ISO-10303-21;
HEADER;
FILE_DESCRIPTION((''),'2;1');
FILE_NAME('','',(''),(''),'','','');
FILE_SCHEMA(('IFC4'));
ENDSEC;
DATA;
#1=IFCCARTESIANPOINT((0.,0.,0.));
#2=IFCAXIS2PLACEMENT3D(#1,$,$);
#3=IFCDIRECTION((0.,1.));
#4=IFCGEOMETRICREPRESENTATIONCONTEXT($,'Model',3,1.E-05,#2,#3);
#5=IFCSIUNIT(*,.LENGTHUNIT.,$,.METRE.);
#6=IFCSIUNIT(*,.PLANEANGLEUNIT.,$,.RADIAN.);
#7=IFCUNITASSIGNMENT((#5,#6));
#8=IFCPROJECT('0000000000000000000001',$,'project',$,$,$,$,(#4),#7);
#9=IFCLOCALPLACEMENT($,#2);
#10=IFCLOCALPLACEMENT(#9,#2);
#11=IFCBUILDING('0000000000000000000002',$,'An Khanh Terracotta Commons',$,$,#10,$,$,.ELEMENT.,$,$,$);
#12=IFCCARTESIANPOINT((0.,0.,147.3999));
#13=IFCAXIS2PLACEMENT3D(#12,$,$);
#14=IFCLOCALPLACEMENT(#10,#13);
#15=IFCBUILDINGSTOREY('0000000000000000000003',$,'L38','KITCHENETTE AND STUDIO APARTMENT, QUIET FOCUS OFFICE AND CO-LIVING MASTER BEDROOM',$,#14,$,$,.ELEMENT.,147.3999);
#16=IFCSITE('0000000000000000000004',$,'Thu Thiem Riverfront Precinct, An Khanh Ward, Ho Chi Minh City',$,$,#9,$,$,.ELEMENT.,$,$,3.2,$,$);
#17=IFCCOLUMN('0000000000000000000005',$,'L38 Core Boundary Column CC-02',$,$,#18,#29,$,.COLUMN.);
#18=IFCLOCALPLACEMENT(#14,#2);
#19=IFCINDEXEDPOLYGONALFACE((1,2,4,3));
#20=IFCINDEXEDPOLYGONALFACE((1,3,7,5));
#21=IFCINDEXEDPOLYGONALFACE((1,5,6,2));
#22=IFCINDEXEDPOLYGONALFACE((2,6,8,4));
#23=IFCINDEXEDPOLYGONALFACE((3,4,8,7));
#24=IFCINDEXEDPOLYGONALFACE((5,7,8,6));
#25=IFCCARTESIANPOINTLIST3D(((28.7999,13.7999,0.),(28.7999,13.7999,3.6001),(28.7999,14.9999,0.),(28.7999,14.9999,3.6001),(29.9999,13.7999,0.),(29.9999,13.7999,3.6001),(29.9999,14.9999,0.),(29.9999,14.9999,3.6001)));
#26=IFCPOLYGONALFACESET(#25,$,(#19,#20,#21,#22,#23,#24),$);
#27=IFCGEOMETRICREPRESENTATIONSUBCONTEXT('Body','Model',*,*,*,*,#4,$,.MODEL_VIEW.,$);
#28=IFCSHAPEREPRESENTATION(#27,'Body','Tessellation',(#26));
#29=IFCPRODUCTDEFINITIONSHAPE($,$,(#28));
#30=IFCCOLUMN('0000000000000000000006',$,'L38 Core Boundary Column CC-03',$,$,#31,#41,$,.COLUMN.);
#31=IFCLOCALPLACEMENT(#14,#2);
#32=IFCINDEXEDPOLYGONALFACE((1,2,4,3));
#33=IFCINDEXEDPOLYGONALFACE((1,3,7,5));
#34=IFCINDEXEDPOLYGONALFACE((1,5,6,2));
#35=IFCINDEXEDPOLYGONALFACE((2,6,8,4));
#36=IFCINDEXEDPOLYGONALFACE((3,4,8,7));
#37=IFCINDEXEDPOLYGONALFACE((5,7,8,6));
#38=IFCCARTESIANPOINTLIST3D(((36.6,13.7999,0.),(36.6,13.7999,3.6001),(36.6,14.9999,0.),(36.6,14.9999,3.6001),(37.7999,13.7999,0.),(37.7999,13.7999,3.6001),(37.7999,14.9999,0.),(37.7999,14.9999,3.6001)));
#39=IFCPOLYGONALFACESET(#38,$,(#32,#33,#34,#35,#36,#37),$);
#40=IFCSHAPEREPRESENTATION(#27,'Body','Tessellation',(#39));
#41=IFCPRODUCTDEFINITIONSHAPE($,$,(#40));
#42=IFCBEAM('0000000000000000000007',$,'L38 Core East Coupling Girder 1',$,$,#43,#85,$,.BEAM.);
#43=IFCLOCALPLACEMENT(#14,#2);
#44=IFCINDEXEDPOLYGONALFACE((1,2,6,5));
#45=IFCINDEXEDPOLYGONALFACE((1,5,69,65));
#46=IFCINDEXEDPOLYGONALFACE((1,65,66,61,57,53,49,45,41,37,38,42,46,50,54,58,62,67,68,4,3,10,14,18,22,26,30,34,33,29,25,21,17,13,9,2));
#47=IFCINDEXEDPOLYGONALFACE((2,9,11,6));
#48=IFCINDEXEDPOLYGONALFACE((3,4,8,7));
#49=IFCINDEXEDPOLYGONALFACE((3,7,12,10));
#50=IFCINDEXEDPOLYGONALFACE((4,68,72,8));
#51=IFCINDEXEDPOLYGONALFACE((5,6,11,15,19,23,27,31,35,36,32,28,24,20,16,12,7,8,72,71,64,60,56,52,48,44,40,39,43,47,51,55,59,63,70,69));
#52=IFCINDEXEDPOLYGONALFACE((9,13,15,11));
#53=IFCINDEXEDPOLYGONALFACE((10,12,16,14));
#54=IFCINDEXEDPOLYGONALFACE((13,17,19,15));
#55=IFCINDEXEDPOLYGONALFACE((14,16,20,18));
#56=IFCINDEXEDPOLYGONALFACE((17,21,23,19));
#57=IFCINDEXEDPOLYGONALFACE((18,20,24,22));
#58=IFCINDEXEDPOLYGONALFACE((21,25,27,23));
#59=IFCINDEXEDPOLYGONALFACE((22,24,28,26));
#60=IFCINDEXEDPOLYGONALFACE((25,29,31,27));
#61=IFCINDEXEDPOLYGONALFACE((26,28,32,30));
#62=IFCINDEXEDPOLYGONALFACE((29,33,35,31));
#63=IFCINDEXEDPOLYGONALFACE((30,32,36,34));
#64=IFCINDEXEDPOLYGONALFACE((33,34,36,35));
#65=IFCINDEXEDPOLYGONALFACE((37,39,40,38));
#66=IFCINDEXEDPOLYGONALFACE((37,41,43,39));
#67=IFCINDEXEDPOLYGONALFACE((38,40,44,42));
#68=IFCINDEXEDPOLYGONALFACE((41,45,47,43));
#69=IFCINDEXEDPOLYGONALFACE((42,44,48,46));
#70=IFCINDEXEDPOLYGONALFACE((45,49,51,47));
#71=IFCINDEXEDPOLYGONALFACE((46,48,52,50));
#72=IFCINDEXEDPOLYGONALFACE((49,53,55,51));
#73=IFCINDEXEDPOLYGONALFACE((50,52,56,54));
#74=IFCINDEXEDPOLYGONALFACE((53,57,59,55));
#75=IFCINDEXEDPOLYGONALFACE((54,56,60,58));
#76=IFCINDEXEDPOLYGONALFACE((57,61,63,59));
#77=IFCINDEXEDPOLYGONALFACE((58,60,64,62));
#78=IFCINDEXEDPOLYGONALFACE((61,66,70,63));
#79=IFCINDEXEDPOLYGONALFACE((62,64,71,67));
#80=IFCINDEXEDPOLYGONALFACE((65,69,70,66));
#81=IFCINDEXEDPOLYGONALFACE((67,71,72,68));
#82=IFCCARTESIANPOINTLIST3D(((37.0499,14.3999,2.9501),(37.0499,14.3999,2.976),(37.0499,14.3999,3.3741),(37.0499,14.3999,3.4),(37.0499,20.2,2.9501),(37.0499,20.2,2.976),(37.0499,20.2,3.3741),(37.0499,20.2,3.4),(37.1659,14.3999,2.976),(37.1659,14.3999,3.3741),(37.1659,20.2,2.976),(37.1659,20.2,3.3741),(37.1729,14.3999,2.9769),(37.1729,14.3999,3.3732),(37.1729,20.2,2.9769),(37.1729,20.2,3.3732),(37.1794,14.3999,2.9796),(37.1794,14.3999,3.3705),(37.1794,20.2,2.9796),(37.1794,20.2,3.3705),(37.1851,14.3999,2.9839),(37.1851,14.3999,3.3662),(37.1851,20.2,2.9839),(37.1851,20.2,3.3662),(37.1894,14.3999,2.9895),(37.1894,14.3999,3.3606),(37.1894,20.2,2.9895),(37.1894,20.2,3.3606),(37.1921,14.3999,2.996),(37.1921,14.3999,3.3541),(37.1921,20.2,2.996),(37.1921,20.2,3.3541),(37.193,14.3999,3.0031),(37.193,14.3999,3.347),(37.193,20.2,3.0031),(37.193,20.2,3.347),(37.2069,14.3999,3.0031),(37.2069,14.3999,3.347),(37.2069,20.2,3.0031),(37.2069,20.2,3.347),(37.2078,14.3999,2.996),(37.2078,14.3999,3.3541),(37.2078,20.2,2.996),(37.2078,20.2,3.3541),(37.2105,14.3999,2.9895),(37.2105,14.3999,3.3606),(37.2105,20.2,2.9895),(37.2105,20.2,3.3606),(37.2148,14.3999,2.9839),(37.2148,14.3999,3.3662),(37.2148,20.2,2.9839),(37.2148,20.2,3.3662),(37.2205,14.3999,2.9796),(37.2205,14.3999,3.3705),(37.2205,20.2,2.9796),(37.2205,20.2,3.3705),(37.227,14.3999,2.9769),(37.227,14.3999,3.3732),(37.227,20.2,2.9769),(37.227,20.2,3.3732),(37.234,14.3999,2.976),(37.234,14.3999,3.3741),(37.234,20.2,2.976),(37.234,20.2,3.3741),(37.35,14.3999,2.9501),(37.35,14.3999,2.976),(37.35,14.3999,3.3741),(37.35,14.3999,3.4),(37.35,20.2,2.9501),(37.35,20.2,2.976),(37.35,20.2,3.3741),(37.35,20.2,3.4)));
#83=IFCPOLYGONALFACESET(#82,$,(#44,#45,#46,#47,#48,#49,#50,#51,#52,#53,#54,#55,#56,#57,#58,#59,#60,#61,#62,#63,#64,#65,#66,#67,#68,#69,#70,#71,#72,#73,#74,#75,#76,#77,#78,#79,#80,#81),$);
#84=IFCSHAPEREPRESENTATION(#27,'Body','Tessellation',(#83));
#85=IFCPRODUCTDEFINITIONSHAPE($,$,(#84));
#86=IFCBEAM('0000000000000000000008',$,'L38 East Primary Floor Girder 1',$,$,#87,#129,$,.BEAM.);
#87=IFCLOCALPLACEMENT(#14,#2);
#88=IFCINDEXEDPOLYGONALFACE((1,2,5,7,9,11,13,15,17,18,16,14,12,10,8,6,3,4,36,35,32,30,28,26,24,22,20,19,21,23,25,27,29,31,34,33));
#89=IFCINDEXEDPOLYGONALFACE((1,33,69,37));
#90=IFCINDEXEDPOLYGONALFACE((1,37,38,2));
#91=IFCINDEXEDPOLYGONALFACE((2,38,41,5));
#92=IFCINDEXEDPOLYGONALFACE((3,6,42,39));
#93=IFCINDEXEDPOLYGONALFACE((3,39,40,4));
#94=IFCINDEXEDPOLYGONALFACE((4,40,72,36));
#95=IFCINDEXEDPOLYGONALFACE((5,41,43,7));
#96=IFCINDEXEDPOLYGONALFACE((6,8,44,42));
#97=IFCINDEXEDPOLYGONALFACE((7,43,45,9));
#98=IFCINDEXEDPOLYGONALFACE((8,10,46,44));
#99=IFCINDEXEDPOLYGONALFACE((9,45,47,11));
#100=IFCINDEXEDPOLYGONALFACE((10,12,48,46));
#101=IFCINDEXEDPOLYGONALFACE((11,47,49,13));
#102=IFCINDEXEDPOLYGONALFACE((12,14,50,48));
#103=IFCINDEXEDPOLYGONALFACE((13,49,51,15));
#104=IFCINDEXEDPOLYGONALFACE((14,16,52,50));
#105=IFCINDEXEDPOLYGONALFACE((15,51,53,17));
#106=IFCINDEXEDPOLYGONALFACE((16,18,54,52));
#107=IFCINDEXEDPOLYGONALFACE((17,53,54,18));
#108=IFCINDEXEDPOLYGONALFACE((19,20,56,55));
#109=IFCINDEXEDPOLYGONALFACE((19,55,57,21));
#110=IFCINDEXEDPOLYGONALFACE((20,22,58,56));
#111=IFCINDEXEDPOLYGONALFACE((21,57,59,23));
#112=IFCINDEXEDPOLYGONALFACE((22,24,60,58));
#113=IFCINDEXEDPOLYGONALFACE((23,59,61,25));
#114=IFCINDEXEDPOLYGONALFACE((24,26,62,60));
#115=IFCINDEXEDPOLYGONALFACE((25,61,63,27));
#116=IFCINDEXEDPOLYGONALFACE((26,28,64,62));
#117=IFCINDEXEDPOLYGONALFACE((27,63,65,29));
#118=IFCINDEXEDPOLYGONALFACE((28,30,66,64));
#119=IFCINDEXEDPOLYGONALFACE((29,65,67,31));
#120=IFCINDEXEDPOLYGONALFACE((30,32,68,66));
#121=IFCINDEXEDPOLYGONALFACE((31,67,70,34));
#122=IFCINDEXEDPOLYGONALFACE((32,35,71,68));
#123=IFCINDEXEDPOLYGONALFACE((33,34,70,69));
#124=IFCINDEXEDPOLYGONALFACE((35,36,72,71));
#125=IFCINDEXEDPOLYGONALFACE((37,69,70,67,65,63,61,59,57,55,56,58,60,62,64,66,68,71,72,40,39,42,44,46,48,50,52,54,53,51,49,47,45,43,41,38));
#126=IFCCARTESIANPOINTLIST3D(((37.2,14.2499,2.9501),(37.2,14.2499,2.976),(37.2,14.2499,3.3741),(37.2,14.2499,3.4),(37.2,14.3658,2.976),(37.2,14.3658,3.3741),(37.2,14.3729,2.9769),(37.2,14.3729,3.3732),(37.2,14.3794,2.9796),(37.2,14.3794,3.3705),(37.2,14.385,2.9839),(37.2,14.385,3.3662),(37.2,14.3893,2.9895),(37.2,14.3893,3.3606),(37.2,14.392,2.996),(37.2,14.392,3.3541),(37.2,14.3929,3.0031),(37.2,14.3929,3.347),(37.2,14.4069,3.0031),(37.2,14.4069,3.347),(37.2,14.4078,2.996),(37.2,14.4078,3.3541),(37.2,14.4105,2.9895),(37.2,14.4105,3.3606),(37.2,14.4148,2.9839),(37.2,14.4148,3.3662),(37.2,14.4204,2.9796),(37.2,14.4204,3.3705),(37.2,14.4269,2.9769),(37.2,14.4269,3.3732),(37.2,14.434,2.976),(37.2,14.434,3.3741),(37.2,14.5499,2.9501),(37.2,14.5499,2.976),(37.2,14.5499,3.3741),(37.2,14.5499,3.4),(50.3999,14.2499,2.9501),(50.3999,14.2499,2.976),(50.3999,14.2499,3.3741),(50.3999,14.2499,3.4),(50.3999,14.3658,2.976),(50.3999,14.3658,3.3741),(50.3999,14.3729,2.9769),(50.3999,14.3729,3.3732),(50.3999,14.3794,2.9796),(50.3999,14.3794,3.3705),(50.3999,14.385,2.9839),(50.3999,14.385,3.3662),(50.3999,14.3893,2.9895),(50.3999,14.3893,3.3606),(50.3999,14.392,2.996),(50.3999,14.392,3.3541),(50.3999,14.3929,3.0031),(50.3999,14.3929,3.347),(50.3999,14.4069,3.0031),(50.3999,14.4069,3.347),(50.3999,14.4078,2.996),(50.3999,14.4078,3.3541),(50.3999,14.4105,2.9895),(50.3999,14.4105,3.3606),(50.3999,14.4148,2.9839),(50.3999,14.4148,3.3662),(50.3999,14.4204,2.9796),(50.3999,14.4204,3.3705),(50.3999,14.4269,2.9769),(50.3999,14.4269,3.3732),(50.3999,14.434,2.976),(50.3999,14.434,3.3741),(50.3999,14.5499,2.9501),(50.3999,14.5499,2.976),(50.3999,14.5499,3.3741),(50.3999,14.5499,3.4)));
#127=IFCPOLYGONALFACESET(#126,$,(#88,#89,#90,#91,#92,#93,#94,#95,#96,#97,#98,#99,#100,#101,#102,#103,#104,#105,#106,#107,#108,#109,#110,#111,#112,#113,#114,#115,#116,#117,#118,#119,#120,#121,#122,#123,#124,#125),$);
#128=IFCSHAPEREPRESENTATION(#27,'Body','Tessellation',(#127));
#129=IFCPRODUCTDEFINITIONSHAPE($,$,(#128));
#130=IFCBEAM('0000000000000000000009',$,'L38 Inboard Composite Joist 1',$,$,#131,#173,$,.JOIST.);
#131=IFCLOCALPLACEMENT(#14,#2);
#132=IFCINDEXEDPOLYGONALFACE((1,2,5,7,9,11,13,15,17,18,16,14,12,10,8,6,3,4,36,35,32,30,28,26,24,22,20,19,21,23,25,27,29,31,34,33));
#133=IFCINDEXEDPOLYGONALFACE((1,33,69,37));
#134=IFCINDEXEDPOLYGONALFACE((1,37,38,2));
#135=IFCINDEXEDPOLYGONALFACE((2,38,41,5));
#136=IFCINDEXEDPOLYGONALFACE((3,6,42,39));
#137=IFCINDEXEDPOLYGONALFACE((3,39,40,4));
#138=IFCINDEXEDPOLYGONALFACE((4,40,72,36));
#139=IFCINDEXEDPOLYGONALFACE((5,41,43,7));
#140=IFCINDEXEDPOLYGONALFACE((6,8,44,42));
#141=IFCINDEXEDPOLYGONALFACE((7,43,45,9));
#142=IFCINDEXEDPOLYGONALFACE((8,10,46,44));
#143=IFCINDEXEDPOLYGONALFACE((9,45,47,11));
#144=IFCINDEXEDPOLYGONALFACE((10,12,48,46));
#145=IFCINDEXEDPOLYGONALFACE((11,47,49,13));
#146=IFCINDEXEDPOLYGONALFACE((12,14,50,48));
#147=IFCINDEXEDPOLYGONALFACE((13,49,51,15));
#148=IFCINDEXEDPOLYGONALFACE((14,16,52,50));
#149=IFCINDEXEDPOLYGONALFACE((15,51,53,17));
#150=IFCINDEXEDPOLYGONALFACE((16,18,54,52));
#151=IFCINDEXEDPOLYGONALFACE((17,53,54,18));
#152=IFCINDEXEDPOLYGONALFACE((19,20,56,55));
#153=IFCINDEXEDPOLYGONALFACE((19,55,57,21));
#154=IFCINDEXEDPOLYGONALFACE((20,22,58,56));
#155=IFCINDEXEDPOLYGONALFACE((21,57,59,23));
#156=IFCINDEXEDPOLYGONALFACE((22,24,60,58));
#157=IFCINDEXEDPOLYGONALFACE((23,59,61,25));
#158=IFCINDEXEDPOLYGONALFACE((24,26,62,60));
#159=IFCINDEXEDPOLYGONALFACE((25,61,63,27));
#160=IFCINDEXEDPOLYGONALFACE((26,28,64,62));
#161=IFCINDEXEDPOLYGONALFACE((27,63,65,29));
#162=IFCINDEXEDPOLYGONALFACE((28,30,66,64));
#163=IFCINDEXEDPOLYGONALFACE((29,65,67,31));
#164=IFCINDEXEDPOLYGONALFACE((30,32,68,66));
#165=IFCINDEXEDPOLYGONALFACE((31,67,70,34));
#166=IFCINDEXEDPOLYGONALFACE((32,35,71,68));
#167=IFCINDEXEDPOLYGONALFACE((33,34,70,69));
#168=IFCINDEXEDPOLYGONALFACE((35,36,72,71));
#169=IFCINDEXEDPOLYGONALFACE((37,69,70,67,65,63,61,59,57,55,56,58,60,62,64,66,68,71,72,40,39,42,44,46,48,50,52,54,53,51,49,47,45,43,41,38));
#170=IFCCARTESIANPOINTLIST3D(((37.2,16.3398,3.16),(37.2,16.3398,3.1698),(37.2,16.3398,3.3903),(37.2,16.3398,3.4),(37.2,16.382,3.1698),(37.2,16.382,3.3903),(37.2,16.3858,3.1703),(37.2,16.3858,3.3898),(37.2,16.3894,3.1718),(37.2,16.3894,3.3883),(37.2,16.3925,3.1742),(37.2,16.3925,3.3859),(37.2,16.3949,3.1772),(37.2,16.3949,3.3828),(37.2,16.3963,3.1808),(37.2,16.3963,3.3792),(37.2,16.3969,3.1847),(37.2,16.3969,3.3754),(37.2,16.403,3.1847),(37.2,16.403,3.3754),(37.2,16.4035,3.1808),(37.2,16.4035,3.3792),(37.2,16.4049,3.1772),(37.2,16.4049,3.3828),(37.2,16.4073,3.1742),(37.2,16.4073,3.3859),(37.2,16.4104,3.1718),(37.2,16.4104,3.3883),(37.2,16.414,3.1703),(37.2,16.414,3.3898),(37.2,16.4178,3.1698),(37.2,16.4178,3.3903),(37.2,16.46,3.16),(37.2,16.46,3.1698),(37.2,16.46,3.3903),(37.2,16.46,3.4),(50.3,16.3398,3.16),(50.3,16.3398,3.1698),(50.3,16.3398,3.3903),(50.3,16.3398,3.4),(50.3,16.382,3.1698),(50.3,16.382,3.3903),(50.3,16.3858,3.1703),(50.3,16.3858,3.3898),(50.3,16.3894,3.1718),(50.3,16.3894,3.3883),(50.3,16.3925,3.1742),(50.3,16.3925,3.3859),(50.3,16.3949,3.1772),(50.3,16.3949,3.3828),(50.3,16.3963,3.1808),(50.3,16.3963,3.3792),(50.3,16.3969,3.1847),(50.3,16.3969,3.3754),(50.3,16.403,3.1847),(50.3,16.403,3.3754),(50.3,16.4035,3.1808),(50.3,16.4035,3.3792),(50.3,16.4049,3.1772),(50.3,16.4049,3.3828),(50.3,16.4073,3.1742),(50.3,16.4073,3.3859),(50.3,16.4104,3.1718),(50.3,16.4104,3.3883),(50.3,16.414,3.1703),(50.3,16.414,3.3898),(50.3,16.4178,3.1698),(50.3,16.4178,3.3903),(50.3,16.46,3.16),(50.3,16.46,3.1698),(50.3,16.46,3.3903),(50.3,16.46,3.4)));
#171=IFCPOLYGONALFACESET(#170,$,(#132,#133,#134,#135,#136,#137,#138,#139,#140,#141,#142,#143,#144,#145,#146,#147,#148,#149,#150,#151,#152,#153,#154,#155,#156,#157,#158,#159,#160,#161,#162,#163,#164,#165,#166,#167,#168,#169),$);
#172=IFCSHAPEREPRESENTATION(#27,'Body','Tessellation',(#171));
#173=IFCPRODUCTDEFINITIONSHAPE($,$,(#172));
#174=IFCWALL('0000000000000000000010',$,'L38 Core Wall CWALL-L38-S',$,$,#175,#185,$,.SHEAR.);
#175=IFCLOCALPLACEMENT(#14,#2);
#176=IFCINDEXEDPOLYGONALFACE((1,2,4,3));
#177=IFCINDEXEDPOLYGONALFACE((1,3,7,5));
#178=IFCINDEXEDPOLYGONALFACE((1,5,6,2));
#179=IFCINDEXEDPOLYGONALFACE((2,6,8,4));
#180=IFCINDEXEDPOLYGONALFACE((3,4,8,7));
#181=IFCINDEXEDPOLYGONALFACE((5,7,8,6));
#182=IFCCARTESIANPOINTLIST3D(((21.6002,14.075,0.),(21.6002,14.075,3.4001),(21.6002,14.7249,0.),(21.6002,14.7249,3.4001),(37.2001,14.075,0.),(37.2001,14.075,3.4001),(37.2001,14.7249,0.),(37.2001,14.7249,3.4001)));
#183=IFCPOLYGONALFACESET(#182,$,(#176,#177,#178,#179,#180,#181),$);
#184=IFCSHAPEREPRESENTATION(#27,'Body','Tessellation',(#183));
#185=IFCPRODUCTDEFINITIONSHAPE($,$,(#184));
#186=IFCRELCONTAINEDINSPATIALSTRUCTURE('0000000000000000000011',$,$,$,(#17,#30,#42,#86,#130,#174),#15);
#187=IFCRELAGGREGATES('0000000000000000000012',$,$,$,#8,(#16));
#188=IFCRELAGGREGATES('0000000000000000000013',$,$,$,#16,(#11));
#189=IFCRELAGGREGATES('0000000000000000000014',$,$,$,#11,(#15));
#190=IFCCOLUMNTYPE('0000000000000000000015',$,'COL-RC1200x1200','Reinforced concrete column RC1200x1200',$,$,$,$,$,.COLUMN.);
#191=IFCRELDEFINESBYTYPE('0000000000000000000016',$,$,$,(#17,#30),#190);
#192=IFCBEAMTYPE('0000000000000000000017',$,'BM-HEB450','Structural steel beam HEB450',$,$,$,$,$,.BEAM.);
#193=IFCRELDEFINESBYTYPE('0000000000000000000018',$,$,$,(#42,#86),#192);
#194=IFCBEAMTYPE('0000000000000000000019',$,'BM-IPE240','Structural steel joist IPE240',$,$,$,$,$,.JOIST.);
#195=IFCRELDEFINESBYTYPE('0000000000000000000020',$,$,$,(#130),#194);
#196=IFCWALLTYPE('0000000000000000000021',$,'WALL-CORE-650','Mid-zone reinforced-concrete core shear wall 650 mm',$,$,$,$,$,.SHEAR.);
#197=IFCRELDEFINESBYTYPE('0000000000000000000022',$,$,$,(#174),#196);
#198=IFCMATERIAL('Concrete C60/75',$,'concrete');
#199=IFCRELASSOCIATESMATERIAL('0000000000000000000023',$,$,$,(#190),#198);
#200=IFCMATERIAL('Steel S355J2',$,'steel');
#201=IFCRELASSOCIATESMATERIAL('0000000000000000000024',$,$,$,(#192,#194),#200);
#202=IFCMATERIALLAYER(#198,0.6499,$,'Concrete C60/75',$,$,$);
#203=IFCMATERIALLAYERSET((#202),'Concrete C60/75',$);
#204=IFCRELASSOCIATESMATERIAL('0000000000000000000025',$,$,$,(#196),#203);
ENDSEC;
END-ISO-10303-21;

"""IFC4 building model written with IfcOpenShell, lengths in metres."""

from ifc_helpers import new_model, si_unit, direction, frame, frame_2d, origin, origin_2d, place, context, subcontext, project, spatial, rectangle, i_section, extrude, material, layer, layer_set, material_profile, profile_set, type_object, element, save


model = new_model("IFC4")

# Units and contexts
model_context = context("Model", 3, precision=1e-05, world=origin(), true_north=direction((0.0, 1.0)))
body_context = subcontext(model_context, "Body", "Model", "MODEL_VIEW")
ifc_project = project(units=[si_unit("LENGTHUNIT", "METRE"), si_unit("PLANEANGLEUNIT", "RADIAN")], contexts=[model_context])

# Site, building, storey
site_placement = place(None, origin())
site = spatial("IfcSite", under=ifc_project, at=site_placement, Name="Thu Thiem Riverfront Precinct, An Khanh Ward, Ho Chi Minh City", CompositionType="ELEMENT", RefElevation=3.2)
building_placement = place(site_placement, origin())
building = spatial("IfcBuilding", under=site, at=building_placement, Name="An Khanh Terracotta Commons", CompositionType="ELEMENT")
storey_placement = place(building_placement, frame((0.0, 0.0, 147.3999)))
storey = spatial("IfcBuildingStorey", under=building, at=storey_placement, Name="L38", Description="KITCHENETTE AND STUDIO APARTMENT, QUIET FOCUS OFFICE AND CO-LIVING MASTER BEDROOM", CompositionType="ELEMENT", Elevation=147.3999)

# Columns
ifc_material_1 = material(Name="Concrete C60/75", Category="concrete")
ifc_material_profile_1 = material_profile(ifc_material_1, rectangle(XDim=1.2, YDim=1.2, at=origin_2d()), Name="RC1200x1200")
ifc_profile_set_1 = profile_set([ifc_material_profile_1], Name="Concrete C60/75")
column_type = type_object("IfcColumnType", Name="COL-RC1200x1200", Description="Reinforced concrete column RC1200x1200", PredefinedType="COLUMN", material=ifc_profile_set_1)
for number, where, z_axis, x_axis, name in (
    (1, (29.3999, 14.3999, 0.0), (0.0, 0.0, 1.0), (1.0, 0.0, 0.0), "L38 Core Boundary Column CC-02"),
    (2, (37.2, 14.3999, 0.0), (0.0, 0.0, 1.0), (1.0, 0.0, 0.0), "L38 Core Boundary Column CC-03"),
):
    element("IfcColumn", number, at=place(storey_placement, frame(where, z_axis=z_axis, x_axis=x_axis)), inside=storey, type_object=column_type, Name=name, PredefinedType="COLUMN", context=body_context, shape_type="SweptSolid", body=[
        extrude(rectangle(XDim=1.2, YDim=1.2, at=origin_2d()), origin(), (0.0, 0.0, 1.0), 3.6001),
    ])

# Beams
ifc_material_2 = material(Name="Steel S355J2", Category="steel")
ifc_material_profile_2 = material_profile(ifc_material_2, i_section(OverallWidth=0.3, OverallDepth=0.45, WebThickness=0.0139, FlangeThickness=0.0259, FilletRadius=0.0271, at=origin_2d()), Name="HEB450")
ifc_profile_set_2 = profile_set([ifc_material_profile_2], Name="Steel S355J2")
beam_type_1 = type_object("IfcBeamType", Name="BM-HEB450", Description="Structural steel beam HEB450", PredefinedType="BEAM", material=ifc_profile_set_2)
beam_1_placement = place(storey_placement, frame((37.2, 14.3999, 3.175), z_axis=(0.0, 1.0, 0.0), x_axis=(-1.0, 0.0, 0.0)))
element("IfcBeam", 3, at=beam_1_placement, inside=storey, type_object=beam_type_1, Name="L38 Core East Coupling Girder 1", PredefinedType="BEAM", context=body_context, shape_type="SweptSolid", body=[
    extrude(i_section(OverallWidth=0.3, OverallDepth=0.45, WebThickness=0.0139, FlangeThickness=0.0259, FilletRadius=0.0271, at=origin_2d()), origin(), (0.0, 0.0, 1.0), 5.8),
])
beam_2_placement = place(storey_placement, frame((37.2, 14.3999, 3.175), z_axis=(1.0, 0.0, 0.0), x_axis=(0.0, 1.0, 0.0)))
element("IfcBeam", 4, at=beam_2_placement, inside=storey, type_object=beam_type_1, Name="L38 East Primary Floor Girder 1", PredefinedType="BEAM", context=body_context, shape_type="SweptSolid", body=[
    extrude(i_section(OverallWidth=0.3, OverallDepth=0.45, WebThickness=0.0139, FlangeThickness=0.0259, FilletRadius=0.0271, at=origin_2d()), origin(), (0.0, 0.0, 1.0), 13.2),
])
ifc_material_profile_3 = material_profile(ifc_material_2, i_section(OverallWidth=0.1201, OverallDepth=0.24, WebThickness=0.0061, FlangeThickness=0.0098, FilletRadius=0.0149, at=origin_2d()), Name="IPE240")
ifc_profile_set_3 = profile_set([ifc_material_profile_3], Name="Steel S355J2")
beam_type_2 = type_object("IfcBeamType", Name="BM-IPE240", Description="Structural steel joist IPE240", PredefinedType="JOIST", material=ifc_profile_set_3)
beam_3_placement = place(storey_placement, frame((37.2, 16.3999, 3.28), z_axis=(1.0, 0.0, 0.0), x_axis=(0.0, 1.0, 0.0)))
element("IfcBeam", 5, at=beam_3_placement, inside=storey, type_object=beam_type_2, Name="L38 Inboard Composite Joist 1", PredefinedType="JOIST", context=body_context, shape_type="SweptSolid", body=[
    extrude(i_section(OverallWidth=0.1201, OverallDepth=0.24, WebThickness=0.0061, FlangeThickness=0.0098, FilletRadius=0.0149, at=origin_2d()), origin(), (0.0, 0.0, 1.0), 13.1001),
])

# Wall
ifc_layer_1 = layer(ifc_material_1, 0.6499, Name="Concrete C60/75")
ifc_layer_set_1 = layer_set([ifc_layer_1], Name="Concrete C60/75")
wall_type_1 = type_object("IfcWallType", Name="WALL-CORE-650", Description="Mid-zone reinforced-concrete core shear wall 650 mm", PredefinedType="SHEAR", material=ifc_layer_set_1)
wall_1_placement = place(storey_placement, frame((37.2, 14.3999, 0.0), z_axis=(0.0, 0.0, 1.0), x_axis=(-1.0, 0.0, 0.0)))
element("IfcWall", 6, at=wall_1_placement, inside=storey, type_object=wall_type_1, Name="L38 Core Wall CWALL-L38-S", PredefinedType="SHEAR", context=body_context, shape_type="SweptSolid", body=[
    extrude(rectangle(XDim=15.5999, YDim=0.6499, at=frame_2d((7.7998, 0.0))), origin(), (0.0, 0.0, 1.0), 3.4001),
])

save(model, "model.ifc")
